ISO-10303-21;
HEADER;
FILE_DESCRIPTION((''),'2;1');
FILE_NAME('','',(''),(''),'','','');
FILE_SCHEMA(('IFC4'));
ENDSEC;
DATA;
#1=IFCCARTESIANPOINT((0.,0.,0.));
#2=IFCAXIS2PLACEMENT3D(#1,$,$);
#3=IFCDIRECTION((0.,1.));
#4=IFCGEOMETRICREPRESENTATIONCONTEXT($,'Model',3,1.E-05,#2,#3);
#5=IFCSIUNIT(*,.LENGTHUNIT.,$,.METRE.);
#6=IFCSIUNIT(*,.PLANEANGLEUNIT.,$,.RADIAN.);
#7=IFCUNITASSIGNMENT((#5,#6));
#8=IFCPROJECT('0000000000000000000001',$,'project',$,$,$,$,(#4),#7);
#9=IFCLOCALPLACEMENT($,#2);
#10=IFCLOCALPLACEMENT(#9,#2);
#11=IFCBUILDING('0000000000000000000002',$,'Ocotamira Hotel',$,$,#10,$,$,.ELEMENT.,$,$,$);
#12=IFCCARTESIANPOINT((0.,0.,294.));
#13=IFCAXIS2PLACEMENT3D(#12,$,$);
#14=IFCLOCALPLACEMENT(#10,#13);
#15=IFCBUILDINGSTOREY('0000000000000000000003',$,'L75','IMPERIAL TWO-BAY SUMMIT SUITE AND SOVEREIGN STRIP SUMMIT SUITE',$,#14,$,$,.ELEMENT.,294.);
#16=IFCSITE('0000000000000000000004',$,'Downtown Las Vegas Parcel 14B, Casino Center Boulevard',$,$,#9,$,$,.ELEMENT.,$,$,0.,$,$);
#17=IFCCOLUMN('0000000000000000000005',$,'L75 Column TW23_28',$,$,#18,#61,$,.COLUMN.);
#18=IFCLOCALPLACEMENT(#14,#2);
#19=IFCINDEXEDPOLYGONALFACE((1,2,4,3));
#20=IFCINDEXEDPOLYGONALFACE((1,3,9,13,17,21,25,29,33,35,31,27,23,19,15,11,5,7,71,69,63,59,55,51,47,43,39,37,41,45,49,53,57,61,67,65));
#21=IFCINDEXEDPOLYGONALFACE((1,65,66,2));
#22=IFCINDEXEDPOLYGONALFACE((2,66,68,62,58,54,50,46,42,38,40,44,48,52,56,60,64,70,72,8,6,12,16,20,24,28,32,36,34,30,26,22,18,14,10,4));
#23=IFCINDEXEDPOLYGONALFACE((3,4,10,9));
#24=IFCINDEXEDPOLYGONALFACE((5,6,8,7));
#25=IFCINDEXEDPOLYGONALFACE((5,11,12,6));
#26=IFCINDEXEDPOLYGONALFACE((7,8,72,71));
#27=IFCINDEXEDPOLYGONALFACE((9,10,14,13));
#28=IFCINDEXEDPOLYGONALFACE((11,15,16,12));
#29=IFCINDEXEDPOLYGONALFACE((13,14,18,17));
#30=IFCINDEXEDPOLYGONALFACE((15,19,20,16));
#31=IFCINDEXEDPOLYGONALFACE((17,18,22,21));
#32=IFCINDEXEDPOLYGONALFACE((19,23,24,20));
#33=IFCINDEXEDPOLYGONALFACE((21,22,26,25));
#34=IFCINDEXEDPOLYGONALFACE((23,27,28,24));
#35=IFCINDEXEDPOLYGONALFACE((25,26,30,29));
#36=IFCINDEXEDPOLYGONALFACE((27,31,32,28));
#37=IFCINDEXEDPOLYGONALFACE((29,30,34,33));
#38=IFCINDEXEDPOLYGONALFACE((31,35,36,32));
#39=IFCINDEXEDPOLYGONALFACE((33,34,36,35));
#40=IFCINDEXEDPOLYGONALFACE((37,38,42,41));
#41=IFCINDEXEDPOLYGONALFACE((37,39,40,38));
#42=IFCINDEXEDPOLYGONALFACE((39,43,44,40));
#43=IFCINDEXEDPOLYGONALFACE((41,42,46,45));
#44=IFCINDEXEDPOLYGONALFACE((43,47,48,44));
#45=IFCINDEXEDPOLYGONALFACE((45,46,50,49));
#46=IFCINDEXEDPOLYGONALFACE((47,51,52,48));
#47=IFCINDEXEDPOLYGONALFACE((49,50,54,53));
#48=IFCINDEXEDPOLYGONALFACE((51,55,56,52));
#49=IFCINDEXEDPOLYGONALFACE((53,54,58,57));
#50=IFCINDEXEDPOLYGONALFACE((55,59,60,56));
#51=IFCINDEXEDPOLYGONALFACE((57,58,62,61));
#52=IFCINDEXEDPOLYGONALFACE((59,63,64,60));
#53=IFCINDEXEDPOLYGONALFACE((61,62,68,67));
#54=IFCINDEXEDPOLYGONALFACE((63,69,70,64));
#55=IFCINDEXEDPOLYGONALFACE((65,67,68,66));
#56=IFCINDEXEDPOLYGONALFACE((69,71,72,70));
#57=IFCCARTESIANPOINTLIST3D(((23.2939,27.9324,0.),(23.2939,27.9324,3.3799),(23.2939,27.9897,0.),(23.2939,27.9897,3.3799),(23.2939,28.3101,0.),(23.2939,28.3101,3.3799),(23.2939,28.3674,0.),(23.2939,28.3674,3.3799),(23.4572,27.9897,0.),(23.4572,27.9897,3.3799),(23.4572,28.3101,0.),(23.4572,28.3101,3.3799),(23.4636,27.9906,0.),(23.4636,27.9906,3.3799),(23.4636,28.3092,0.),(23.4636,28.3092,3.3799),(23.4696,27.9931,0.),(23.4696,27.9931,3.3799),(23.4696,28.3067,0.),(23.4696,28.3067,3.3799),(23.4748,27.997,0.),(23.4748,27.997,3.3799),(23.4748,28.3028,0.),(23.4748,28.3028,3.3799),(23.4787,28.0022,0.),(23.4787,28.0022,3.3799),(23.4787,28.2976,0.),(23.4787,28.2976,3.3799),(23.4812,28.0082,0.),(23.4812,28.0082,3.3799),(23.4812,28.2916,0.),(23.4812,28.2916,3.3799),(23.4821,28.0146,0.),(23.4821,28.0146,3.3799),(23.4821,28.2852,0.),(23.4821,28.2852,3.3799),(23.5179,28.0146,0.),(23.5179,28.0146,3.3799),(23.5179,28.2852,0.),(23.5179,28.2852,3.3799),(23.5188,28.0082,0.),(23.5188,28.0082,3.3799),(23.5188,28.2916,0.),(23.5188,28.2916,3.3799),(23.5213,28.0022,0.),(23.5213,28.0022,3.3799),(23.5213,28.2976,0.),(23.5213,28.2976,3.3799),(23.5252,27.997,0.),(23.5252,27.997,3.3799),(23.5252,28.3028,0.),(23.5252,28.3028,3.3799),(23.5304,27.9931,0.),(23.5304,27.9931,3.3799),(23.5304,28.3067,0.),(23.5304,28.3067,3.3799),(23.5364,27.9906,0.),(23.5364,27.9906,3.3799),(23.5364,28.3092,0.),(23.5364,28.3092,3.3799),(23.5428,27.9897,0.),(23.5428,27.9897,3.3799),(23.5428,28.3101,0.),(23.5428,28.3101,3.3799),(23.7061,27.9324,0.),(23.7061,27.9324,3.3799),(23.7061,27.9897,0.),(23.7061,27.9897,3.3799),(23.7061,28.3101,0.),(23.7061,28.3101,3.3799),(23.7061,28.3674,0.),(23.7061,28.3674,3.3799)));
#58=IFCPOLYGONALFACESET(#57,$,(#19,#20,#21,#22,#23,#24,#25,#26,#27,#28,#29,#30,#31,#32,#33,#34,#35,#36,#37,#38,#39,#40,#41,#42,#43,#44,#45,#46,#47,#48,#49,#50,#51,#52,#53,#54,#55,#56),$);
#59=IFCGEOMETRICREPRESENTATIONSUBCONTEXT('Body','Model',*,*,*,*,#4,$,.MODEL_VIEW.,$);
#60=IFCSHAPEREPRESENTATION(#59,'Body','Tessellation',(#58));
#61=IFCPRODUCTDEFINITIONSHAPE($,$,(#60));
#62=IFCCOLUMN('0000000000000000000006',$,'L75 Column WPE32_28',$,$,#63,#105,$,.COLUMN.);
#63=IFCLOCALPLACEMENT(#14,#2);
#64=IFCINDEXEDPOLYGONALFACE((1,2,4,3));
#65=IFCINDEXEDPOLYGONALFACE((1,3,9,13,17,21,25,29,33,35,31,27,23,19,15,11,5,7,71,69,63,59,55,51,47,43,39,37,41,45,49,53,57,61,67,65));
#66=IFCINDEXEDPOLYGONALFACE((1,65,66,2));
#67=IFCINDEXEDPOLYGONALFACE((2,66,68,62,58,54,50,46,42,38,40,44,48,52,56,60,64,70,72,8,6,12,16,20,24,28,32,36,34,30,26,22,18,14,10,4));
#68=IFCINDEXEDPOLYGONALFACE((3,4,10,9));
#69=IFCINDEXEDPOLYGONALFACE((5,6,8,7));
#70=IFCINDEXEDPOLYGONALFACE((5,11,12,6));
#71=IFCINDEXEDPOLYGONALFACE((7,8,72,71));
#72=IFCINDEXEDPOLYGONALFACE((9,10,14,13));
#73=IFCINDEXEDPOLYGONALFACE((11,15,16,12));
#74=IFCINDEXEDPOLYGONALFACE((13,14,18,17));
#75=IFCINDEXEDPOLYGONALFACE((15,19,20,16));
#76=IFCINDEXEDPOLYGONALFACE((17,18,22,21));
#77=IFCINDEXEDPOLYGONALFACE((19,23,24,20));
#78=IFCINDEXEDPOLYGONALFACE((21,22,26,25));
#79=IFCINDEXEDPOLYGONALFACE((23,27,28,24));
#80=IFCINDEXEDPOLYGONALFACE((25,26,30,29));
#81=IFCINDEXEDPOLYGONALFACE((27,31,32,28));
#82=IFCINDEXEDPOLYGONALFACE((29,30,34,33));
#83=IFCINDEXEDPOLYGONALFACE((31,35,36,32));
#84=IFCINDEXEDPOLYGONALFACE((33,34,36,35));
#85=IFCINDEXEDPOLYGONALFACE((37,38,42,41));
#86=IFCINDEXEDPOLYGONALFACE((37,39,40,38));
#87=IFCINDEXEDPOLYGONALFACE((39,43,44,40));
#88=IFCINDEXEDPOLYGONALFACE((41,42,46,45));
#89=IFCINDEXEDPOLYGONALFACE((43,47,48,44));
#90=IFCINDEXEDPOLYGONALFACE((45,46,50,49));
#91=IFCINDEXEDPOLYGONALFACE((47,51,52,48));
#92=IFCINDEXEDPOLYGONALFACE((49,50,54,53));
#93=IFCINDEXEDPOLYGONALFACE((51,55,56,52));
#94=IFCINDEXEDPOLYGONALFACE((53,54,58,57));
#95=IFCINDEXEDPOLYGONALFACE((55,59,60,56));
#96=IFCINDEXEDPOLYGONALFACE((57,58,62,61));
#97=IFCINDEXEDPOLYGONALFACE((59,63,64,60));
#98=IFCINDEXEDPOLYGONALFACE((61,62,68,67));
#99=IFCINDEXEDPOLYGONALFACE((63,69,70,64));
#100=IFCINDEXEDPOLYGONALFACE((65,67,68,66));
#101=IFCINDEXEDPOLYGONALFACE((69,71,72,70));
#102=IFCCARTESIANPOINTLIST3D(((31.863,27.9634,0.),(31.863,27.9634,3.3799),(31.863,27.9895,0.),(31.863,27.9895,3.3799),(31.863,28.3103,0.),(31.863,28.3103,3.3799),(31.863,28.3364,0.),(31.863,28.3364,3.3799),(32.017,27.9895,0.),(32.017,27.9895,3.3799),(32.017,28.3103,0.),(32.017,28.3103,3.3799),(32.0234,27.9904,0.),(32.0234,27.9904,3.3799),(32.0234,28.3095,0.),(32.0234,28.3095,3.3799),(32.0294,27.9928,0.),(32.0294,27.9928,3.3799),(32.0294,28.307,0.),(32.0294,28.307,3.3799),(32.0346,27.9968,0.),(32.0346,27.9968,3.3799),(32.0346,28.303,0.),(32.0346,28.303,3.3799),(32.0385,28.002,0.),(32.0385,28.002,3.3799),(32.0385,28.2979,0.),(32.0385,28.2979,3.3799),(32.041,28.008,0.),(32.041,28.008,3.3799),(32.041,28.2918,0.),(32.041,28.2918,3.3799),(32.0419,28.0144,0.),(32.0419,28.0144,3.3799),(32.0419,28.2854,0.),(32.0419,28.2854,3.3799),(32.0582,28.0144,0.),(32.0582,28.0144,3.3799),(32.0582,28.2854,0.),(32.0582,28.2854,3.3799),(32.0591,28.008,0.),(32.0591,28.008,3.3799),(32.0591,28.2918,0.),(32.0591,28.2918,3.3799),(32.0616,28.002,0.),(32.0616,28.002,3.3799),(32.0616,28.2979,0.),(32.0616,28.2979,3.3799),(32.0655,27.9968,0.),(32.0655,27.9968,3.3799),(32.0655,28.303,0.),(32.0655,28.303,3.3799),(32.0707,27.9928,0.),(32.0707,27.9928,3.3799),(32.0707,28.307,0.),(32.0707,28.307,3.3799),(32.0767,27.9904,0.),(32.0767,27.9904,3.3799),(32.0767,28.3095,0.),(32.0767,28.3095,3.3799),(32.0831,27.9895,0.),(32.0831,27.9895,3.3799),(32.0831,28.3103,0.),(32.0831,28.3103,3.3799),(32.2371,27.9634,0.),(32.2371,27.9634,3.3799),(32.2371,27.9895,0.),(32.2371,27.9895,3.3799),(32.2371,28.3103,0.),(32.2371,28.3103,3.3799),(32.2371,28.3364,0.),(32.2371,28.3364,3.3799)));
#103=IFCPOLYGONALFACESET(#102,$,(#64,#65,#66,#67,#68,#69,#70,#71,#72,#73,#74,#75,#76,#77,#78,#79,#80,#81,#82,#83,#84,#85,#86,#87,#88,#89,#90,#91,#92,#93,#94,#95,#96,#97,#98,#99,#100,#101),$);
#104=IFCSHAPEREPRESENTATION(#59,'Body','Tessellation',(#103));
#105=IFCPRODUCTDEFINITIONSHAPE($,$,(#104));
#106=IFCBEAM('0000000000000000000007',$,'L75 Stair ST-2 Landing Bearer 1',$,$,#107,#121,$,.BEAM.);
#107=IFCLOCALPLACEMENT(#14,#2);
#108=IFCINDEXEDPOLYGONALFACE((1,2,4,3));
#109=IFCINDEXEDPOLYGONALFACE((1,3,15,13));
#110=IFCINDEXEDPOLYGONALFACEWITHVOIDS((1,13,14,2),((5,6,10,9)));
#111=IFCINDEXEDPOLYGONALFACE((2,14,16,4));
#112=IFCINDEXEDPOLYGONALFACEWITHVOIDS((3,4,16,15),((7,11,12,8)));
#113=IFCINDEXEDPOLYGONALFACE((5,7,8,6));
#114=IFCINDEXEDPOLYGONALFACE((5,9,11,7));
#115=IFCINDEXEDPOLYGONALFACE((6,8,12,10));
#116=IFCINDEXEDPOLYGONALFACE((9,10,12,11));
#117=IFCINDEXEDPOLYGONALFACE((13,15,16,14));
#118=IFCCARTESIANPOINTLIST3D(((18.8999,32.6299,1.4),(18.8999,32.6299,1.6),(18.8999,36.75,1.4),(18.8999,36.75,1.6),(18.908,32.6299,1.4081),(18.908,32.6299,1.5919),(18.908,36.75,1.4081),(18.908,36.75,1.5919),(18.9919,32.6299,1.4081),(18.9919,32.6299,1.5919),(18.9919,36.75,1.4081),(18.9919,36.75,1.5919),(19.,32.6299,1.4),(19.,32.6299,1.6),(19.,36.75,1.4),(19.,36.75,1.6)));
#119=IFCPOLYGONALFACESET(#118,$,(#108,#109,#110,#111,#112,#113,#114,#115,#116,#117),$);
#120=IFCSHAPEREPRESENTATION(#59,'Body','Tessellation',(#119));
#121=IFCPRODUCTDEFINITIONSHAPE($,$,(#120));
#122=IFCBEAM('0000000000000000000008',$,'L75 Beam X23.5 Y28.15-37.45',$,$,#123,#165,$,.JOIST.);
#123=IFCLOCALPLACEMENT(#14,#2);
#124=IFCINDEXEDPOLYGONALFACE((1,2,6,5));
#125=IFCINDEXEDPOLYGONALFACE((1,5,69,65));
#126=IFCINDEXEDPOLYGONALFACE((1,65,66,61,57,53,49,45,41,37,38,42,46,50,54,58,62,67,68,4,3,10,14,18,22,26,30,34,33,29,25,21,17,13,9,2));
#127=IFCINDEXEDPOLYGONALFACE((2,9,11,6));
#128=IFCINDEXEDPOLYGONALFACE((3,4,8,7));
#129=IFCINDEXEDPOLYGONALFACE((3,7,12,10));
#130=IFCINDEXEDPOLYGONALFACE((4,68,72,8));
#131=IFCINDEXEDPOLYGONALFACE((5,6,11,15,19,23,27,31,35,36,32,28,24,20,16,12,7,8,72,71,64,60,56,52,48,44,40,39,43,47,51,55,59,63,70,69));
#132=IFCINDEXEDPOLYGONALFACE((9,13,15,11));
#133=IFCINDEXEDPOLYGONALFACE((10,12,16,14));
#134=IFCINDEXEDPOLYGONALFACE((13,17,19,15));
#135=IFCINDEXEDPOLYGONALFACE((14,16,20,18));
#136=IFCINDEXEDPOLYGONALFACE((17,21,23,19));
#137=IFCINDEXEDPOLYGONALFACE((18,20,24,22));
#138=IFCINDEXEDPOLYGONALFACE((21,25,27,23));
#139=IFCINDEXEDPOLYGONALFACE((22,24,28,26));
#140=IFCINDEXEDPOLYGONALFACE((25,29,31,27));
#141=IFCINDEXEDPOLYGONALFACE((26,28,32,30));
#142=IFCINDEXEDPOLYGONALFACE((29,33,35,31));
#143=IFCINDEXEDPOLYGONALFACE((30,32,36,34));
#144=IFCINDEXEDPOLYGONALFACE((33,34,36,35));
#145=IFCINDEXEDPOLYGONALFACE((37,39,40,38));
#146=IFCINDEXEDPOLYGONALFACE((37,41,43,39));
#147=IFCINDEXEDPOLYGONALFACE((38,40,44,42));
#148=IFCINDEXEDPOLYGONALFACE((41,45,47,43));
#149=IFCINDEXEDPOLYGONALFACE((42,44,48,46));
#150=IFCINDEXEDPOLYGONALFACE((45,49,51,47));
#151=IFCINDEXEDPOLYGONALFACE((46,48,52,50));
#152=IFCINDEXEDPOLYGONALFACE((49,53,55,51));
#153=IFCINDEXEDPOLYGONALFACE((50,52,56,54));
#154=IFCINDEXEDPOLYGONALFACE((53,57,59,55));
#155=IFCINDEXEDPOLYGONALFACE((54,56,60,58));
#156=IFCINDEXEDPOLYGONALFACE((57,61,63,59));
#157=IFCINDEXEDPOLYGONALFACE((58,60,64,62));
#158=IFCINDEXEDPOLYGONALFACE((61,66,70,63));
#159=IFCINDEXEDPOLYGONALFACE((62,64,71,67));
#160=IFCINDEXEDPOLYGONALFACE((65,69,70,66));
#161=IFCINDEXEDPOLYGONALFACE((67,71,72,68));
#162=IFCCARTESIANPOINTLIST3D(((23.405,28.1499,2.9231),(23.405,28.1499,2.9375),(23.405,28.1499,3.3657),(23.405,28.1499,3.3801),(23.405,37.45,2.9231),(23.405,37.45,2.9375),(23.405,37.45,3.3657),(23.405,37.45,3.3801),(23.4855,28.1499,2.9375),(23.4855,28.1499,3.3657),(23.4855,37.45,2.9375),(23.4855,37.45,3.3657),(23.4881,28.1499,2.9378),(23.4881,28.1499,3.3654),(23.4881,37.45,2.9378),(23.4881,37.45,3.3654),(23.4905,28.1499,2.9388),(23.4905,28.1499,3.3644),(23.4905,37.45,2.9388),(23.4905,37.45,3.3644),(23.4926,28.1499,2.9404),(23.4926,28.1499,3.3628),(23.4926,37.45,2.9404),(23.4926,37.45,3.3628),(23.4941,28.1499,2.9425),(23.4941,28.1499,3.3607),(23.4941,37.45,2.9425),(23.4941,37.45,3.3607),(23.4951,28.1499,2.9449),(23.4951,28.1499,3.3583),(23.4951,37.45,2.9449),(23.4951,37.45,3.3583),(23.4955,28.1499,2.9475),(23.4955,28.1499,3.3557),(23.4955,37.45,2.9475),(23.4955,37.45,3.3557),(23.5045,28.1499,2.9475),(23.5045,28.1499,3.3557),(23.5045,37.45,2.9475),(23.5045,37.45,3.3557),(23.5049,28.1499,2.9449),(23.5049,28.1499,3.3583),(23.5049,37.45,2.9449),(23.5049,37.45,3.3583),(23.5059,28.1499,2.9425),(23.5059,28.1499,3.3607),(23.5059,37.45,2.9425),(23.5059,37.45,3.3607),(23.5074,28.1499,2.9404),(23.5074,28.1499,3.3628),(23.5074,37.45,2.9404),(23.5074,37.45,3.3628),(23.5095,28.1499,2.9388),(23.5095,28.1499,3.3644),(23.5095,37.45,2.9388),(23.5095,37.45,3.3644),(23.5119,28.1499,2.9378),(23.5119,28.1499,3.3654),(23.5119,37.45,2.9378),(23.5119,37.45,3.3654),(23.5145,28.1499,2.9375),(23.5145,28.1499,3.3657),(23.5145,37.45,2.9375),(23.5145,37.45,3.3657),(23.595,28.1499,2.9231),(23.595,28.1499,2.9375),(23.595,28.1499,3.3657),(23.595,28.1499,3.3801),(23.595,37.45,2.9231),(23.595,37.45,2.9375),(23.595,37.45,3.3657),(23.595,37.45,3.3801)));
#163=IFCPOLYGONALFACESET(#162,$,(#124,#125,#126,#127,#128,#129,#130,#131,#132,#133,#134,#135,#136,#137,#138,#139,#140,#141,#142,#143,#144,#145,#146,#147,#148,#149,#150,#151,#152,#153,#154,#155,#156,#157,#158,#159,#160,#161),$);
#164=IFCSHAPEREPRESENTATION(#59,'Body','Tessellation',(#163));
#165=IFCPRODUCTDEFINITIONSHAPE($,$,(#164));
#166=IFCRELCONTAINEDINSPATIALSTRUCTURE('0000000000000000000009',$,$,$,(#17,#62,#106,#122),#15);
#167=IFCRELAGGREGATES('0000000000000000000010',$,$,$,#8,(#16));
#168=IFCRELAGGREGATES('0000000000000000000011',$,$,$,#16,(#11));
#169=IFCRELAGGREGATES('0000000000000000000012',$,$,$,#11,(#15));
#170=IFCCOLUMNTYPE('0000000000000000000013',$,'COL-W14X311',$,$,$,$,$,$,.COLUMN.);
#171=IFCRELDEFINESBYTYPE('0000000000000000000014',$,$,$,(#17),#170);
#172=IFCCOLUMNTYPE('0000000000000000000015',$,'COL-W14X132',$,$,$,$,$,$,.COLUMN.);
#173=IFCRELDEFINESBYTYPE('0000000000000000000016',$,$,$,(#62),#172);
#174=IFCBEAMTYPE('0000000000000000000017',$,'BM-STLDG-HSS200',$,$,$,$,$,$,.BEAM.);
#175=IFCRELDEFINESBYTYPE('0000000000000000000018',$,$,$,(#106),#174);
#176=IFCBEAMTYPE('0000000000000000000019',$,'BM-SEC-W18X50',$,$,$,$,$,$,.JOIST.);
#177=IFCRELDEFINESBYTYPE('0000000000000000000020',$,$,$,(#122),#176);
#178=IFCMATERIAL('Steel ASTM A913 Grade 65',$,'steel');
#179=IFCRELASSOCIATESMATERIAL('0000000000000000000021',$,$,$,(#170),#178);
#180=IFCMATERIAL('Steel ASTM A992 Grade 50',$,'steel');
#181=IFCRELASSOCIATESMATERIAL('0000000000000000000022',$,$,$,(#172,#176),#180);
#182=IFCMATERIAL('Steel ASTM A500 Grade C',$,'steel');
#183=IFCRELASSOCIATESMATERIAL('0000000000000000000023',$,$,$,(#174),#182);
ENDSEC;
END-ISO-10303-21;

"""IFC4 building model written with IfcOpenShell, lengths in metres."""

from ifc_helpers import new_model, si_unit, direction, frame, origin, origin_2d, place, context, subcontext, project, spatial, hollow_rectangle, i_section, extrude, source, transform, mapped, material, material_profile, profile_set, type_object, element, save


model = new_model("IFC4")

# Units and contexts
model_context = context("Model", 3, precision=1e-05, world=origin(), true_north=direction((0.0, 1.0)))
body_context = subcontext(model_context, "Body", "Model", "MODEL_VIEW")
ifc_project = project(units=[si_unit("LENGTHUNIT", "METRE"), si_unit("PLANEANGLEUNIT", "RADIAN")], contexts=[model_context])

# Site, building, storey
site_placement = place(None, origin())
site = spatial("IfcSite", under=ifc_project, at=site_placement, Name="Downtown Las Vegas Parcel 14B, Casino Center Boulevard", CompositionType="ELEMENT", RefElevation=0.0)
building_placement = place(site_placement, origin())
building = spatial("IfcBuilding", under=site, at=building_placement, Name="Ocotamira Hotel", CompositionType="ELEMENT")
storey_placement = place(building_placement, frame((0.0, 0.0, 294.0)))
storey = spatial("IfcBuildingStorey", under=building, at=storey_placement, Name="L75", Description="IMPERIAL TWO-BAY SUMMIT SUITE AND SOVEREIGN STRIP SUMMIT SUITE", CompositionType="ELEMENT", Elevation=294.0)

# Columns
ifc_material_1 = material(Name="Steel ASTM A913 Grade 65", Category="steel")
ifc_material_profile_1 = material_profile(ifc_material_1, i_section(OverallWidth=0.4121, OverallDepth=0.4351, WebThickness=0.0359, FlangeThickness=0.0574, FilletRadius=0.0249, at=origin_2d()), Name="W14X311")
ifc_profile_set_1 = profile_set([ifc_material_profile_1], Name="Steel ASTM A913 Grade 65")
column_type_1 = type_object("IfcColumnType", Name="COL-W14X311", PredefinedType="COLUMN", material=ifc_profile_set_1)
shared_shape_1 = source(origin(), body_context, "Body", "SweptSolid", [
    extrude(i_section(OverallWidth=0.4121, OverallDepth=0.4351, WebThickness=0.0359, FlangeThickness=0.0574, FilletRadius=0.0249, at=origin_2d()), origin(), (0.0, 0.0, 1.0), 3.3799),
])
column_1_placement = place(storey_placement, frame((23.5, 28.1499, 0.0), z_axis=(0.0, 0.0, 1.0), x_axis=(1.0, 0.0, 0.0)))
element("IfcColumn", 1, at=column_1_placement, inside=storey, type_object=column_type_1, Name="L75 Column TW23_28", PredefinedType="COLUMN", context=body_context, shape_type="MappedRepresentation", body=[
    mapped(shared_shape_1, transform((0.0, 0.0, 0.0), scale=1.0)),
])
ifc_material_2 = material(Name="Steel ASTM A992 Grade 50", Category="steel")
ifc_material_profile_2 = material_profile(ifc_material_2, i_section(OverallWidth=0.374, OverallDepth=0.373, WebThickness=0.0164, FlangeThickness=0.0261, FilletRadius=0.0249, at=origin_2d()), Name="W14X132")
ifc_profile_set_2 = profile_set([ifc_material_profile_2], Name="Steel ASTM A992 Grade 50")
column_type_2 = type_object("IfcColumnType", Name="COL-W14X132", PredefinedType="COLUMN", material=ifc_profile_set_2)
shared_shape_2 = source(origin(), body_context, "Body", "SweptSolid", [
    extrude(i_section(OverallWidth=0.374, OverallDepth=0.373, WebThickness=0.0164, FlangeThickness=0.0261, FilletRadius=0.0249, at=origin_2d()), origin(), (0.0, 0.0, 1.0), 3.3799),
])
column_2_placement = place(storey_placement, frame((32.05, 28.1499, 0.0), z_axis=(0.0, 0.0, 1.0), x_axis=(1.0, 0.0, 0.0)))
element("IfcColumn", 2, at=column_2_placement, inside=storey, type_object=column_type_2, Name="L75 Column WPE32_28", PredefinedType="COLUMN", context=body_context, shape_type="MappedRepresentation", body=[
    mapped(shared_shape_2, transform((0.0, 0.0, 0.0), scale=1.0)),
])

# Beams
ifc_material_3 = material(Name="Steel ASTM A500 Grade C", Category="steel")
ifc_material_profile_3 = material_profile(ifc_material_3, hollow_rectangle(XDim=0.1001, YDim=0.2, WallThickness=0.0081, at=origin_2d()), Name="HSS200X100X8")
ifc_profile_set_3 = profile_set([ifc_material_profile_3], Name="Steel ASTM A500 Grade C")
beam_type_1 = type_object("IfcBeamType", Name="BM-STLDG-HSS200", PredefinedType="BEAM", material=ifc_profile_set_3)
shared_shape_3 = source(origin(), body_context, "Body", "SweptSolid", [
    extrude(hollow_rectangle(XDim=0.1001, YDim=0.2, WallThickness=0.0081, at=origin_2d()), origin(), (0.0, 0.0, 1.0), 4.1201),
])
beam_1_placement = place(storey_placement, frame((18.95, 32.6299, 1.5), z_axis=(0.0, 1.0, 0.0), x_axis=(-1.0, 0.0, 0.0)))
element("IfcBeam", 3, at=beam_1_placement, inside=storey, type_object=beam_type_1, Name="L75 Stair ST-2 Landing Bearer 1", PredefinedType="BEAM", context=body_context, shape_type="MappedRepresentation", body=[
    mapped(shared_shape_3, transform((0.0, 0.0, 0.0), scale=1.0)),
])
ifc_material_profile_4 = material_profile(ifc_material_2, i_section(OverallWidth=0.1899, OverallDepth=0.457, WebThickness=0.009, FlangeThickness=0.0144, FilletRadius=0.01, at=origin_2d()), Name="W18X50")
ifc_profile_set_4 = profile_set([ifc_material_profile_4], Name="Steel ASTM A992 Grade 50")
beam_type_2 = type_object("IfcBeamType", Name="BM-SEC-W18X50", PredefinedType="JOIST", material=ifc_profile_set_4)
shared_shape_4 = source(origin(), body_context, "Body", "SweptSolid", [
    extrude(i_section(OverallWidth=0.1899, OverallDepth=0.457, WebThickness=0.009, FlangeThickness=0.0144, FilletRadius=0.01, at=origin_2d()), origin(), (0.0, 0.0, 1.0), 9.3),
])
beam_2_placement = place(storey_placement, frame((23.5, 28.1499, 3.1516), z_axis=(0.0, 1.0, 0.0), x_axis=(-1.0, 0.0, 0.0)))
element("IfcBeam", 4, at=beam_2_placement, inside=storey, type_object=beam_type_2, Name="L75 Beam X23.5 Y28.15-37.45", PredefinedType="JOIST", context=body_context, shape_type="MappedRepresentation", body=[
    mapped(shared_shape_4, transform((0.0, 0.0, 0.0), scale=1.0)),
])

save(model, "model.ifc")
